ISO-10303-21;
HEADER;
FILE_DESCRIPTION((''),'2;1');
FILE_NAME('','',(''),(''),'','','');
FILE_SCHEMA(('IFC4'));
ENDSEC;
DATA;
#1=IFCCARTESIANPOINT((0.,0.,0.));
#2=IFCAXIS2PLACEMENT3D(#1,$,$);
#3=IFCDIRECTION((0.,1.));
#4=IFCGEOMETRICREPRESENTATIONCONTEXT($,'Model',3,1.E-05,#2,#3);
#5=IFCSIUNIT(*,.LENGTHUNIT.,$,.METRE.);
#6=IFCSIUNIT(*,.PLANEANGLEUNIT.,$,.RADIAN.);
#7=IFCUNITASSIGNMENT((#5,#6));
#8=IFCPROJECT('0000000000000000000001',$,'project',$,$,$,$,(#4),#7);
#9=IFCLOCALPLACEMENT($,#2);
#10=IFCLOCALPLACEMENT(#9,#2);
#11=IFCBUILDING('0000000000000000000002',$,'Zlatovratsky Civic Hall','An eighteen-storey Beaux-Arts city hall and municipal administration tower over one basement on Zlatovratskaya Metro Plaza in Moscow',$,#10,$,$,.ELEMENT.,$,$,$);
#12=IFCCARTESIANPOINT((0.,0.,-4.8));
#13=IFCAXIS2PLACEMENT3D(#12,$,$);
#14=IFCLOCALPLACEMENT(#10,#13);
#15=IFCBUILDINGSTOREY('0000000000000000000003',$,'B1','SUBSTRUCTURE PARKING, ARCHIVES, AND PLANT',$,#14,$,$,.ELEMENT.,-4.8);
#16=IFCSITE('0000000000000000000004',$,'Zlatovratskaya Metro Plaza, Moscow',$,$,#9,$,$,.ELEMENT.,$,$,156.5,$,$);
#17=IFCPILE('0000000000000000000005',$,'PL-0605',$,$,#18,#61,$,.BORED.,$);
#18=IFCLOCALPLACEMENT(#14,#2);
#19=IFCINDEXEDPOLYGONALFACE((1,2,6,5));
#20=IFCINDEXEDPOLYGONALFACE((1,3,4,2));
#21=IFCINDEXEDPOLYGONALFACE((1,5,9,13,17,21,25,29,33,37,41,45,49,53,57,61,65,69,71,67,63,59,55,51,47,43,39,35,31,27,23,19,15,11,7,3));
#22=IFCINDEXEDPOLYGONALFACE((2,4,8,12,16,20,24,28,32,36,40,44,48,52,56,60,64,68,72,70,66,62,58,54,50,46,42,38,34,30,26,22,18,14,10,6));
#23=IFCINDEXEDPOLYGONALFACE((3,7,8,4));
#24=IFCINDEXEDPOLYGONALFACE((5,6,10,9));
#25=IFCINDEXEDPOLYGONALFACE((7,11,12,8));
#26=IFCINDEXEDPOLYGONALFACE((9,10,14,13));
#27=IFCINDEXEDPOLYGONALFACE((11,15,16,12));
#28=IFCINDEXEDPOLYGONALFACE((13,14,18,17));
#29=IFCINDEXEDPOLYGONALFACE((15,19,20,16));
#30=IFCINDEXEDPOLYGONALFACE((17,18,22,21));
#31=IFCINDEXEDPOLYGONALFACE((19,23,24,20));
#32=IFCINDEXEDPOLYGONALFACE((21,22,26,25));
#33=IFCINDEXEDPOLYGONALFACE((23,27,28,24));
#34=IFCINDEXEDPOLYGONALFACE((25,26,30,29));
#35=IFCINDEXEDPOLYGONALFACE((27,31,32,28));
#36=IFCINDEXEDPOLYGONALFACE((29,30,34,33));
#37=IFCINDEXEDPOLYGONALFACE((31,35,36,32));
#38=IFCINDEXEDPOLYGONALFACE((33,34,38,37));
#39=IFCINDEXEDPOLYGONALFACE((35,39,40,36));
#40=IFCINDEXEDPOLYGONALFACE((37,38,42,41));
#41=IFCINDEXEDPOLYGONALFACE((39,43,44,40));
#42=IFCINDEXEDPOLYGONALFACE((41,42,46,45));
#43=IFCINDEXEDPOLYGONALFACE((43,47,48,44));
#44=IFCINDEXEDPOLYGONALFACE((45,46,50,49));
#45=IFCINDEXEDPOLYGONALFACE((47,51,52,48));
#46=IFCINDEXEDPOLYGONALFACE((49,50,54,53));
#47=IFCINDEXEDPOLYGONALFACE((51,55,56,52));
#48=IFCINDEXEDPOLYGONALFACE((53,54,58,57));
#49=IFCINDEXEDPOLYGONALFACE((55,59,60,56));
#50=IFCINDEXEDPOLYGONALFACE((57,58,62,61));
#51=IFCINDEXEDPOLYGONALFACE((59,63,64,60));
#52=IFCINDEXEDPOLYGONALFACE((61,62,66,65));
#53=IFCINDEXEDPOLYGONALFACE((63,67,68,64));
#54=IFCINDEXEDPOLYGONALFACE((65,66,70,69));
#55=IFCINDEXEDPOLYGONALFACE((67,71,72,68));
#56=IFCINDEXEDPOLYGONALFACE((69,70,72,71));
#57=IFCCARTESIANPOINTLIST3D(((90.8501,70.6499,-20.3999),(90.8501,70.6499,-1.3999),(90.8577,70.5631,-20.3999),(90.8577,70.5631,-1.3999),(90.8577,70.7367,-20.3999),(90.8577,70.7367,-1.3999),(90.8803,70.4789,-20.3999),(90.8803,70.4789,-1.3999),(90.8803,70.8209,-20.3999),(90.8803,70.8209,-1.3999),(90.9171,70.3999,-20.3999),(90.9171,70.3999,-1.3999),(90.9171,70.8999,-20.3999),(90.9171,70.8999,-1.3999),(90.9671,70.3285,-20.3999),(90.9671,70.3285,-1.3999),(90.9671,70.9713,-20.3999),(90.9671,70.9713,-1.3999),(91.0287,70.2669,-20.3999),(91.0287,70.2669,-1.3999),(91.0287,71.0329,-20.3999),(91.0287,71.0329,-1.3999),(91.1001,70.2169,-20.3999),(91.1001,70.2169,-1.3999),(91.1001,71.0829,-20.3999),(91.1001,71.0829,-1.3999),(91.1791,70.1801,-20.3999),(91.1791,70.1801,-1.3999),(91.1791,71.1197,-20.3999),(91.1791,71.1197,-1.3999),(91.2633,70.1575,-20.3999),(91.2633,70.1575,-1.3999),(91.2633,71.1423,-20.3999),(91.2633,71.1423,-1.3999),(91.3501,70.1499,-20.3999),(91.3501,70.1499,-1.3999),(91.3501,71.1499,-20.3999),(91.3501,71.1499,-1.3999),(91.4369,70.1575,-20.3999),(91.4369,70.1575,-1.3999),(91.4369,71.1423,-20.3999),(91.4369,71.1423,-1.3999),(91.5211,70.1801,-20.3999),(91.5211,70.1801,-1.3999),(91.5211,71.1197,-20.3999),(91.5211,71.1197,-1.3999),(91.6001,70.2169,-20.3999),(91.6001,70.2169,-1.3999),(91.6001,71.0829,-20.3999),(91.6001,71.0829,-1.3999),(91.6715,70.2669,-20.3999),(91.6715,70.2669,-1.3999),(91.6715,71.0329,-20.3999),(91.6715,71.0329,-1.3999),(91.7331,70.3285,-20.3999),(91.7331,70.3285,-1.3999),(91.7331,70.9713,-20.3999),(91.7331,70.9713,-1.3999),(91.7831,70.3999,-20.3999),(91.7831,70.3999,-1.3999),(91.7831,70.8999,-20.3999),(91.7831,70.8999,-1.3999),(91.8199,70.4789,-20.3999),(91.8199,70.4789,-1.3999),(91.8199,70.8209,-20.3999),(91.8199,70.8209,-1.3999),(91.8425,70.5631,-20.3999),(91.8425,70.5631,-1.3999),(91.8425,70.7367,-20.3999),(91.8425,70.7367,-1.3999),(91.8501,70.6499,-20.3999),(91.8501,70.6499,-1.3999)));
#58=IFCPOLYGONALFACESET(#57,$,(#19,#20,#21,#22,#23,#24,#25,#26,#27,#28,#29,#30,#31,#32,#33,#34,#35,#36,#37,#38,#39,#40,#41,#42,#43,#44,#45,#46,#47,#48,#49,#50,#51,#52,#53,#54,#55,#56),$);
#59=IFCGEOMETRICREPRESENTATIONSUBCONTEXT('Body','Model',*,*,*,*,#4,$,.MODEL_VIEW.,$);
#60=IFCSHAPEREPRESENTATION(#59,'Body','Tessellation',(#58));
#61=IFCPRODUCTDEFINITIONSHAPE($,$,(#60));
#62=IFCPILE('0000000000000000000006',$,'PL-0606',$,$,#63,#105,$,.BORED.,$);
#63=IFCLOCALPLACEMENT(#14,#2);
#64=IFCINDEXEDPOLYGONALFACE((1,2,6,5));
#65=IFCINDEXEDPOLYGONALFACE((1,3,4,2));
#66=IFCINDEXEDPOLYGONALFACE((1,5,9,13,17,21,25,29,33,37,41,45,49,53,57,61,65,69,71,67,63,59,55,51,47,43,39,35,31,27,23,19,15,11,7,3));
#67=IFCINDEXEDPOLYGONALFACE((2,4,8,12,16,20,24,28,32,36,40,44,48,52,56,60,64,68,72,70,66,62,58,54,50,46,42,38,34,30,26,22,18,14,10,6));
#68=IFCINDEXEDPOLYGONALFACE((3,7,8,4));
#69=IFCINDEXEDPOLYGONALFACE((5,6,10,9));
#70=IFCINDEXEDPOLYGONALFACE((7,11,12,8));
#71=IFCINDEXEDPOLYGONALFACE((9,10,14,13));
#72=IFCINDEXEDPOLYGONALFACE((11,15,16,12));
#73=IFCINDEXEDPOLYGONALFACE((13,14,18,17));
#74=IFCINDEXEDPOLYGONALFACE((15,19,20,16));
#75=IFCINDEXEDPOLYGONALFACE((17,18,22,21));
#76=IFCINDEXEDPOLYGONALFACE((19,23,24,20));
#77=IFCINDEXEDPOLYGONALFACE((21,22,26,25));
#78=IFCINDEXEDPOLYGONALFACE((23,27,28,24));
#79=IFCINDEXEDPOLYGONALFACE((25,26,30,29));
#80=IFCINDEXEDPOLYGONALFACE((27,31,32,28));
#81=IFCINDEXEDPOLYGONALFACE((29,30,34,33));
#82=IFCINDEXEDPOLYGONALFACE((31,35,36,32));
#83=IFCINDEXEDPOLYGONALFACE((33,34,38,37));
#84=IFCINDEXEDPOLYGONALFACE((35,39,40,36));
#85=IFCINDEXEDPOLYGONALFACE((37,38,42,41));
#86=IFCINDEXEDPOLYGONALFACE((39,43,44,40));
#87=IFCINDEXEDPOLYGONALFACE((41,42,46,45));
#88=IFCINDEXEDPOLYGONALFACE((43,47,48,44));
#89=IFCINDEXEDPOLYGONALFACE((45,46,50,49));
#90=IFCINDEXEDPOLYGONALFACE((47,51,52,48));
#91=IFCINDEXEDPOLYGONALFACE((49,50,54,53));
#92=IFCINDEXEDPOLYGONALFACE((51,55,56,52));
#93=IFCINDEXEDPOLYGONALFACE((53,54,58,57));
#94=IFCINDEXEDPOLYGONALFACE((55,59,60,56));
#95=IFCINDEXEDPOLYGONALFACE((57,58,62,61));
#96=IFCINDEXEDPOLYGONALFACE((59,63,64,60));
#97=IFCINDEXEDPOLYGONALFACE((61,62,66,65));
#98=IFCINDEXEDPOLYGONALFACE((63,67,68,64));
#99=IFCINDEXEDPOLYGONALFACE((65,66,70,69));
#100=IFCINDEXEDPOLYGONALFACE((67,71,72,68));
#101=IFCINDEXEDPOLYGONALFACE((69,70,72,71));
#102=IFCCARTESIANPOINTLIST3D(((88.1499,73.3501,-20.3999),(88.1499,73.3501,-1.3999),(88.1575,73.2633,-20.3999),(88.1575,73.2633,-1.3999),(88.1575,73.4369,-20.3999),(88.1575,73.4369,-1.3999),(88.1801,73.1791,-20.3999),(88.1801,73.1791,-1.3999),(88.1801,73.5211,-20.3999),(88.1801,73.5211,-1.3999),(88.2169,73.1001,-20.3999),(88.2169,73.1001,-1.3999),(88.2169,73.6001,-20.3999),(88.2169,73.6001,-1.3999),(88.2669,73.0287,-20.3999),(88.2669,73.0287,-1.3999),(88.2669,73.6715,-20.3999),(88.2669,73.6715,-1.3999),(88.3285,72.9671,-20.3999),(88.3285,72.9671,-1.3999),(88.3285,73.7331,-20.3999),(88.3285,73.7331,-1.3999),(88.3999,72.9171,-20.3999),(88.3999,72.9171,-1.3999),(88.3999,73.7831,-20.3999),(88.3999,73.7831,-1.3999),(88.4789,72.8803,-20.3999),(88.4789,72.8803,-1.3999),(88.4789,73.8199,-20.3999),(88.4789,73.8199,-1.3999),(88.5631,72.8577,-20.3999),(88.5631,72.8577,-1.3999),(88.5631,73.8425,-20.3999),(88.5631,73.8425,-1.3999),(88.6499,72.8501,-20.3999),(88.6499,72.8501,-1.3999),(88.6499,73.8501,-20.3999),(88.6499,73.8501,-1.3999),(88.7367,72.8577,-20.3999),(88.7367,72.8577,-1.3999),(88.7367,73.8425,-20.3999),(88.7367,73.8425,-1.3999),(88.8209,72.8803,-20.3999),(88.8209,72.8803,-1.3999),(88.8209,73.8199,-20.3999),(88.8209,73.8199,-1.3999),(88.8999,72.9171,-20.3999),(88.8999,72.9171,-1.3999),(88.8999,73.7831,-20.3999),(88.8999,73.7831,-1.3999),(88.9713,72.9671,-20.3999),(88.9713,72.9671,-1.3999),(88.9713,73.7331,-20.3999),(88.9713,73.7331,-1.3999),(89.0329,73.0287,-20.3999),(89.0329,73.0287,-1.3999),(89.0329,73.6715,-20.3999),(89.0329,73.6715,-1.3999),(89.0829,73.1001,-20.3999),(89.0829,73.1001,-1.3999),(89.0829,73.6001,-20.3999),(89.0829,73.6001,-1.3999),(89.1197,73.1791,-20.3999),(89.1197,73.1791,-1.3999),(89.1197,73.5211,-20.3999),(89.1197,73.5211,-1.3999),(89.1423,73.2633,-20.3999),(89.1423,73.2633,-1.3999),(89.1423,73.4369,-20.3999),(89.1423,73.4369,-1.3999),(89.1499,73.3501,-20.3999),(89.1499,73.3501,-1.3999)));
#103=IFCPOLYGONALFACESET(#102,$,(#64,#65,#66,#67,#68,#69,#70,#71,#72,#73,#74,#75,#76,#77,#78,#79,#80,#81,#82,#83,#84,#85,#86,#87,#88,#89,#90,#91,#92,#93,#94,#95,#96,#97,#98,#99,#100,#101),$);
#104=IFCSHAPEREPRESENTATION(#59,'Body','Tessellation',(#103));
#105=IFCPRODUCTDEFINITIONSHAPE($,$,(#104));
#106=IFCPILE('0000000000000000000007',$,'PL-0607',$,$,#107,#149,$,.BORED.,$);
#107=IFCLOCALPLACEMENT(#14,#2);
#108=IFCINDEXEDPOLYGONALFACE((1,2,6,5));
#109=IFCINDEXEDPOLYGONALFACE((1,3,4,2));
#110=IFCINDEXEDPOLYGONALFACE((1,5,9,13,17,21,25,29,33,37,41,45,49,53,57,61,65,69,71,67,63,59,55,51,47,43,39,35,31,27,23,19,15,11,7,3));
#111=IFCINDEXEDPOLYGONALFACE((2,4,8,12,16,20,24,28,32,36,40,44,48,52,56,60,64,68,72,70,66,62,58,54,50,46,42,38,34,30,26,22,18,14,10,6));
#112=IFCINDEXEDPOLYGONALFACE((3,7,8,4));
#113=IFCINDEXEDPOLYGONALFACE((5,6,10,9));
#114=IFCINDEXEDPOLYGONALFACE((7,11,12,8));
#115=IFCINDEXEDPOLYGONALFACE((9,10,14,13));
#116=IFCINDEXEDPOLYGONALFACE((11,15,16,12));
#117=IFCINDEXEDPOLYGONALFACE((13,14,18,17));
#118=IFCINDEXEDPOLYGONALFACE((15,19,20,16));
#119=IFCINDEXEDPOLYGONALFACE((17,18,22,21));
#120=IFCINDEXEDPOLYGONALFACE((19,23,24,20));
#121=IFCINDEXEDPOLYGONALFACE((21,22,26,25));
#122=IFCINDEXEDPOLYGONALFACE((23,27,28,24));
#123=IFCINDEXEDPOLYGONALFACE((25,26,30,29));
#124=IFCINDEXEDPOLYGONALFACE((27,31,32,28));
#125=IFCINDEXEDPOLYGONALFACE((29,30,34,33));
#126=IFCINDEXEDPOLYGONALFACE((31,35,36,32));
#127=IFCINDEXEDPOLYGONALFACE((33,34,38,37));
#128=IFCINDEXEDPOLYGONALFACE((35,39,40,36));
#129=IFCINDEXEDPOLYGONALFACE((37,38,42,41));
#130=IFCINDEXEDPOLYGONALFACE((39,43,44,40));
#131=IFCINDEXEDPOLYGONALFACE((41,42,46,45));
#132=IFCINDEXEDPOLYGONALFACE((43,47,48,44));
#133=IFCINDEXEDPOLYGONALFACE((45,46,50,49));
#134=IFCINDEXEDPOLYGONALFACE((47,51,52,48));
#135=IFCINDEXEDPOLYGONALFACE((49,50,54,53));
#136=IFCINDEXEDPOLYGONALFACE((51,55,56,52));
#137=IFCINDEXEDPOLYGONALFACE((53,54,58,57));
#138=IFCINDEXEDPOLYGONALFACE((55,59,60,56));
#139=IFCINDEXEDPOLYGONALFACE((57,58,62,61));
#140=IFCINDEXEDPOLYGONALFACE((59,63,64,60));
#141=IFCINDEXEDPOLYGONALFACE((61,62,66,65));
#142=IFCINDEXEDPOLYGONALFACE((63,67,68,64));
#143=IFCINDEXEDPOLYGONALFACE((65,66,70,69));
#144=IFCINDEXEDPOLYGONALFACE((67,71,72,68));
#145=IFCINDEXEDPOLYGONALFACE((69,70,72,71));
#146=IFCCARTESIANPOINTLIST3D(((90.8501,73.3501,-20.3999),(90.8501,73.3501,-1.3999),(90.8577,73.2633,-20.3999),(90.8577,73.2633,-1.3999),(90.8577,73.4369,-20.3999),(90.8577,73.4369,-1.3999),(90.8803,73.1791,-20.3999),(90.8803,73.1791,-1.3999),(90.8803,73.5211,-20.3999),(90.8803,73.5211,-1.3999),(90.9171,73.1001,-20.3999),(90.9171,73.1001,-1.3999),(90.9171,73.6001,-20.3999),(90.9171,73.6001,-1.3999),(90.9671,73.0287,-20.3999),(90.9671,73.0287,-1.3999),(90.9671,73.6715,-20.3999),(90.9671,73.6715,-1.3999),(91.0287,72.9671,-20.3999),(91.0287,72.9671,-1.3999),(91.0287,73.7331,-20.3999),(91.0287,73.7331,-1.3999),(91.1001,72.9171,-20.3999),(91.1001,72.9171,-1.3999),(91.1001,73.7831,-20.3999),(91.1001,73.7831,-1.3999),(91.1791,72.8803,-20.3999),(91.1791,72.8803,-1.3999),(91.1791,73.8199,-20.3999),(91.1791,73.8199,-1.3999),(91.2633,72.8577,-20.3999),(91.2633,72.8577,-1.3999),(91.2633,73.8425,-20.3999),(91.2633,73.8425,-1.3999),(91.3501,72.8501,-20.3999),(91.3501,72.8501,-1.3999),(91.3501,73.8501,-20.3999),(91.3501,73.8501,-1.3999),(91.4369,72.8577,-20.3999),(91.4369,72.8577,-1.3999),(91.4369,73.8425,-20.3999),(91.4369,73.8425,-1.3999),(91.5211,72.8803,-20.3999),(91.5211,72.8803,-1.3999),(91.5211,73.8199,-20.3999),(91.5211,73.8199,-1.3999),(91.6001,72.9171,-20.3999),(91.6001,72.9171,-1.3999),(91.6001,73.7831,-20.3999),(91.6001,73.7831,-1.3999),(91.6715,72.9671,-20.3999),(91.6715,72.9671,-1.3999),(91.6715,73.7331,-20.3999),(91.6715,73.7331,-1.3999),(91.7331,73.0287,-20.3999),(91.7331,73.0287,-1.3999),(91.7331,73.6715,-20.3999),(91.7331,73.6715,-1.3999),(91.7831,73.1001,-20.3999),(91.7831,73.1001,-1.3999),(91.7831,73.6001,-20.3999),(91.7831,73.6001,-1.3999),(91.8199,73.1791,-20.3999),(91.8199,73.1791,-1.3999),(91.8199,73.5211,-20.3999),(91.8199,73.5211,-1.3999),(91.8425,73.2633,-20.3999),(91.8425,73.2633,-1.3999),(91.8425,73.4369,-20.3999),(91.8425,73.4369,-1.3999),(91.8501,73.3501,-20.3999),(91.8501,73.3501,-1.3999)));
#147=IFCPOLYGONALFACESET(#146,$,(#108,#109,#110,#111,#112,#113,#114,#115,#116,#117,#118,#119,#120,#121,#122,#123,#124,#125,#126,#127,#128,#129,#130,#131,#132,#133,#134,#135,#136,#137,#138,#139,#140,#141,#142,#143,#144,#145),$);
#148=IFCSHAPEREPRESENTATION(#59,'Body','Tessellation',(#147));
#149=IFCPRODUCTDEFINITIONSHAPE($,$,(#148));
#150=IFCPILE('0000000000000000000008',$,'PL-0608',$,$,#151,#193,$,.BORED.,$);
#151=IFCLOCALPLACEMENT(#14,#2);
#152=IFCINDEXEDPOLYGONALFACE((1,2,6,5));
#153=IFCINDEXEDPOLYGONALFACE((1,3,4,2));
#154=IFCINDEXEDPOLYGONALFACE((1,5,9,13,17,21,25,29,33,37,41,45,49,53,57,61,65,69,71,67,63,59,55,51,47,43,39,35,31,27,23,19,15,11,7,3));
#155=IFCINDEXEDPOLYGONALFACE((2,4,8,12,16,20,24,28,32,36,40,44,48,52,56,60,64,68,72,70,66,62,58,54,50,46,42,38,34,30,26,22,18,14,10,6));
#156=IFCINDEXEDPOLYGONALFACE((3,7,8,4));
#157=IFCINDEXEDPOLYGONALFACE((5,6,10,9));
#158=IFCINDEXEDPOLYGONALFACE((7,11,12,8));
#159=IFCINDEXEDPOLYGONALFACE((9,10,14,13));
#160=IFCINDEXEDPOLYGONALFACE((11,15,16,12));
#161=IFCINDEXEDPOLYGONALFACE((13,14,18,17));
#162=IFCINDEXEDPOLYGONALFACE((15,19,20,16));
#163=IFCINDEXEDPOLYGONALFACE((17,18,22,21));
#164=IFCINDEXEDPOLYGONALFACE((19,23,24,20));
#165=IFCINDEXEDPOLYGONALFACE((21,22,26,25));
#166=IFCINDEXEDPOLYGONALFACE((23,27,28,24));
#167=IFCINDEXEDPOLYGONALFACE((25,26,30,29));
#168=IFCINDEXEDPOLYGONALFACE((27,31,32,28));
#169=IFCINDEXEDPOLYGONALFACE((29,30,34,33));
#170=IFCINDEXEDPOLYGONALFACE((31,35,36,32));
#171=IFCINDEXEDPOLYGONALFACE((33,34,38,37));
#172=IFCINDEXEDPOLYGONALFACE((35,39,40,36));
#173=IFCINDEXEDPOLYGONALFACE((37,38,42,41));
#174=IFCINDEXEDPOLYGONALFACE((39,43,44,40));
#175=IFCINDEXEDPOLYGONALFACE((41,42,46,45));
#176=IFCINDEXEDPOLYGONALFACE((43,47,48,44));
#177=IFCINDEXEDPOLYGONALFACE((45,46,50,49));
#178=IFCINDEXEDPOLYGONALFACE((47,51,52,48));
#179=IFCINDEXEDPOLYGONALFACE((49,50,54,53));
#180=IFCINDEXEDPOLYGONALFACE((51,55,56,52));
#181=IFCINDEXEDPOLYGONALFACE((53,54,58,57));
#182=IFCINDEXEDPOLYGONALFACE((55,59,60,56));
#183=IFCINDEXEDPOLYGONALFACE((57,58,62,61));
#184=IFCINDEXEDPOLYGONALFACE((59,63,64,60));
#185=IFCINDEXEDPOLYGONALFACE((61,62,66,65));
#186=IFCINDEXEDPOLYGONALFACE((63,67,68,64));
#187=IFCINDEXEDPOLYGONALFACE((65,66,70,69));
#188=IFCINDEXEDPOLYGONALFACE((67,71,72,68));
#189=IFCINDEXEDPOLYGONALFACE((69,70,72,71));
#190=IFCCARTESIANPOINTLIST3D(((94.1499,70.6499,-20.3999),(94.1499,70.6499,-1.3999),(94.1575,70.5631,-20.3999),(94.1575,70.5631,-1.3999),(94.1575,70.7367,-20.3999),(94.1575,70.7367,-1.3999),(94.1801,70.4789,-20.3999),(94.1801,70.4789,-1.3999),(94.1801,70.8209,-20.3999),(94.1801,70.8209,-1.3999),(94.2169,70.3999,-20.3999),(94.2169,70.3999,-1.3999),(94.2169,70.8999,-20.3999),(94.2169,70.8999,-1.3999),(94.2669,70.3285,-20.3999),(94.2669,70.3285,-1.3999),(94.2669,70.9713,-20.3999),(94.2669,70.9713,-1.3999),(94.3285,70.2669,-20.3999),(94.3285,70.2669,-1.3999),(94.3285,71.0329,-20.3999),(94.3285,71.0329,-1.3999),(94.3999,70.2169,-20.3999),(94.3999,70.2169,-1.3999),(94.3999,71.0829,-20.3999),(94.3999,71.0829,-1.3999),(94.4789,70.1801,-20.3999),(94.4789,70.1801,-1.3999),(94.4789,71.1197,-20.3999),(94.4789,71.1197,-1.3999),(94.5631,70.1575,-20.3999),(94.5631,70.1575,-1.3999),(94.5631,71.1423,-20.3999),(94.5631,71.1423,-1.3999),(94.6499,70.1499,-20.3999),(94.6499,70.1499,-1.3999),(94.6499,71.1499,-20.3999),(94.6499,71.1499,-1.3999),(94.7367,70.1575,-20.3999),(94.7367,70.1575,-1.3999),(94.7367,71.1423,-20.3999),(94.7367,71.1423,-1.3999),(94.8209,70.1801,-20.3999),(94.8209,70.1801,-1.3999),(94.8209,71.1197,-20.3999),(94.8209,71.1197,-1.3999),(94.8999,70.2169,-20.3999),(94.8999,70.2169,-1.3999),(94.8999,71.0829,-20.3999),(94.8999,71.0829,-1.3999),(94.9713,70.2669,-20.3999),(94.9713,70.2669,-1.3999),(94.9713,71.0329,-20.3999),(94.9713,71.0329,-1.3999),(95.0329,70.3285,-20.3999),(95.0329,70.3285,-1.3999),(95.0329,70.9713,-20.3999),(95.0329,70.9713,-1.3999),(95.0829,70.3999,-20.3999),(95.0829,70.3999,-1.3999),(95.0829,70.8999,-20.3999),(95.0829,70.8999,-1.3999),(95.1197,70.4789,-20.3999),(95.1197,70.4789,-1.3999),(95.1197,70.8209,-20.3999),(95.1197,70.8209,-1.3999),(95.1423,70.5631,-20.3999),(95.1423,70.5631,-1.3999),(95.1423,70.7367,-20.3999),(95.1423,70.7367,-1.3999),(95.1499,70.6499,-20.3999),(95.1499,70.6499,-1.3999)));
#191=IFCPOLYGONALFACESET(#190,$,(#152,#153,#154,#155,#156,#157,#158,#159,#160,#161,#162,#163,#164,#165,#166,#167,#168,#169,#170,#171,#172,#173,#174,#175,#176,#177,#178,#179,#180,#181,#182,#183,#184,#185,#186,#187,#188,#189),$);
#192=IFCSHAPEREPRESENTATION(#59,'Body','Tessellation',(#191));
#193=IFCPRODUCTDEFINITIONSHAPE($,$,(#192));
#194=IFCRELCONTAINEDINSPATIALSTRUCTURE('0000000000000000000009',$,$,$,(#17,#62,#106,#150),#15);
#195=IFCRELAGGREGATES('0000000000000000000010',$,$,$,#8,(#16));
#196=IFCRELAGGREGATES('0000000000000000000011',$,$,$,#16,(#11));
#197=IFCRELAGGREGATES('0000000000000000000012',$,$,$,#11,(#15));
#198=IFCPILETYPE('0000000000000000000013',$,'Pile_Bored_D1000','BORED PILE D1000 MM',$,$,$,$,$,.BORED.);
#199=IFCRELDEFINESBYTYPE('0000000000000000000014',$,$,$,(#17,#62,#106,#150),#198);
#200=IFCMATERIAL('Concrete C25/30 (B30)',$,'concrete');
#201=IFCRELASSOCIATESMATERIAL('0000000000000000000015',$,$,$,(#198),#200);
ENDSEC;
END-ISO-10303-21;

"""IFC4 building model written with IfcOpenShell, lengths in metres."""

from ifc_helpers import new_model, si_unit, direction, frame, origin, origin_2d, place, context, subcontext, project, spatial, circle, extrude, material, material_profile, profile_set, type_object, element, save


model = new_model("IFC4")

# Units and contexts
model_context = context("Model", 3, precision=1e-05, world=origin(), true_north=direction((0.0, 1.0)))
body_context = subcontext(model_context, "Body", "Model", "MODEL_VIEW")
ifc_project = project(units=[si_unit("LENGTHUNIT", "METRE"), si_unit("PLANEANGLEUNIT", "RADIAN")], contexts=[model_context])

# Site, building, storey
site_placement = place(None, origin())
site = spatial("IfcSite", under=ifc_project, at=site_placement, Name="Zlatovratskaya Metro Plaza, Moscow", CompositionType="ELEMENT", RefElevation=156.5)
building_placement = place(site_placement, origin())
building = spatial("IfcBuilding", under=site, at=building_placement, Name="Zlatovratsky Civic Hall", Description="An eighteen-storey Beaux-Arts city hall and municipal administration tower over one basement on Zlatovratskaya Metro Plaza in Moscow", CompositionType="ELEMENT")
storey_placement = place(building_placement, frame((0.0, 0.0, -4.8)))
storey = spatial("IfcBuildingStorey", under=building, at=storey_placement, Name="B1", Description="SUBSTRUCTURE PARKING, ARCHIVES, AND PLANT", CompositionType="ELEMENT", Elevation=-4.8)

# Shared definitions
ifc_material_1 = material(Name="Concrete C25/30 (B30)", Category="concrete")

# Piles
ifc_material_profile_1 = material_profile(ifc_material_1, circle(Radius=0.5, at=origin_2d()), Name="PILE D1000")
ifc_profile_set_1 = profile_set([ifc_material_profile_1], Name="Concrete C25/30 (B30)")
pile_type = type_object("IfcPileType", Name="Pile_Bored_D1000", Description="BORED PILE D1000 MM", PredefinedType="BORED", material=ifc_profile_set_1)
for number, where, z_axis, x_axis, name in (
    (1, (91.3501, 70.6499, -1.3999), (0.0, 0.0, -1.0), (1.0, 0.0, 0.0), "PL-0605"),
    (2, (88.6499, 73.3501, -1.3999), (0.0, 0.0, -1.0), (1.0, 0.0, 0.0), "PL-0606"),
    (3, (91.3501, 73.3501, -1.3999), (0.0, 0.0, -1.0), (1.0, 0.0, 0.0), "PL-0607"),
    (4, (94.6499, 70.6499, -1.3999), (0.0, 0.0, -1.0), (1.0, 0.0, 0.0), "PL-0608"),
):
    element("IfcPile", number, at=place(storey_placement, frame(where, z_axis=z_axis, x_axis=x_axis)), inside=storey, type_object=pile_type, Name=name, PredefinedType="BORED", context=body_context, shape_type="SweptSolid", body=[
        extrude(circle(Radius=0.5, at=origin_2d()), origin(), (0.0, 0.0, 1.0), 19.0),
    ])

save(model, "model.ifc")
